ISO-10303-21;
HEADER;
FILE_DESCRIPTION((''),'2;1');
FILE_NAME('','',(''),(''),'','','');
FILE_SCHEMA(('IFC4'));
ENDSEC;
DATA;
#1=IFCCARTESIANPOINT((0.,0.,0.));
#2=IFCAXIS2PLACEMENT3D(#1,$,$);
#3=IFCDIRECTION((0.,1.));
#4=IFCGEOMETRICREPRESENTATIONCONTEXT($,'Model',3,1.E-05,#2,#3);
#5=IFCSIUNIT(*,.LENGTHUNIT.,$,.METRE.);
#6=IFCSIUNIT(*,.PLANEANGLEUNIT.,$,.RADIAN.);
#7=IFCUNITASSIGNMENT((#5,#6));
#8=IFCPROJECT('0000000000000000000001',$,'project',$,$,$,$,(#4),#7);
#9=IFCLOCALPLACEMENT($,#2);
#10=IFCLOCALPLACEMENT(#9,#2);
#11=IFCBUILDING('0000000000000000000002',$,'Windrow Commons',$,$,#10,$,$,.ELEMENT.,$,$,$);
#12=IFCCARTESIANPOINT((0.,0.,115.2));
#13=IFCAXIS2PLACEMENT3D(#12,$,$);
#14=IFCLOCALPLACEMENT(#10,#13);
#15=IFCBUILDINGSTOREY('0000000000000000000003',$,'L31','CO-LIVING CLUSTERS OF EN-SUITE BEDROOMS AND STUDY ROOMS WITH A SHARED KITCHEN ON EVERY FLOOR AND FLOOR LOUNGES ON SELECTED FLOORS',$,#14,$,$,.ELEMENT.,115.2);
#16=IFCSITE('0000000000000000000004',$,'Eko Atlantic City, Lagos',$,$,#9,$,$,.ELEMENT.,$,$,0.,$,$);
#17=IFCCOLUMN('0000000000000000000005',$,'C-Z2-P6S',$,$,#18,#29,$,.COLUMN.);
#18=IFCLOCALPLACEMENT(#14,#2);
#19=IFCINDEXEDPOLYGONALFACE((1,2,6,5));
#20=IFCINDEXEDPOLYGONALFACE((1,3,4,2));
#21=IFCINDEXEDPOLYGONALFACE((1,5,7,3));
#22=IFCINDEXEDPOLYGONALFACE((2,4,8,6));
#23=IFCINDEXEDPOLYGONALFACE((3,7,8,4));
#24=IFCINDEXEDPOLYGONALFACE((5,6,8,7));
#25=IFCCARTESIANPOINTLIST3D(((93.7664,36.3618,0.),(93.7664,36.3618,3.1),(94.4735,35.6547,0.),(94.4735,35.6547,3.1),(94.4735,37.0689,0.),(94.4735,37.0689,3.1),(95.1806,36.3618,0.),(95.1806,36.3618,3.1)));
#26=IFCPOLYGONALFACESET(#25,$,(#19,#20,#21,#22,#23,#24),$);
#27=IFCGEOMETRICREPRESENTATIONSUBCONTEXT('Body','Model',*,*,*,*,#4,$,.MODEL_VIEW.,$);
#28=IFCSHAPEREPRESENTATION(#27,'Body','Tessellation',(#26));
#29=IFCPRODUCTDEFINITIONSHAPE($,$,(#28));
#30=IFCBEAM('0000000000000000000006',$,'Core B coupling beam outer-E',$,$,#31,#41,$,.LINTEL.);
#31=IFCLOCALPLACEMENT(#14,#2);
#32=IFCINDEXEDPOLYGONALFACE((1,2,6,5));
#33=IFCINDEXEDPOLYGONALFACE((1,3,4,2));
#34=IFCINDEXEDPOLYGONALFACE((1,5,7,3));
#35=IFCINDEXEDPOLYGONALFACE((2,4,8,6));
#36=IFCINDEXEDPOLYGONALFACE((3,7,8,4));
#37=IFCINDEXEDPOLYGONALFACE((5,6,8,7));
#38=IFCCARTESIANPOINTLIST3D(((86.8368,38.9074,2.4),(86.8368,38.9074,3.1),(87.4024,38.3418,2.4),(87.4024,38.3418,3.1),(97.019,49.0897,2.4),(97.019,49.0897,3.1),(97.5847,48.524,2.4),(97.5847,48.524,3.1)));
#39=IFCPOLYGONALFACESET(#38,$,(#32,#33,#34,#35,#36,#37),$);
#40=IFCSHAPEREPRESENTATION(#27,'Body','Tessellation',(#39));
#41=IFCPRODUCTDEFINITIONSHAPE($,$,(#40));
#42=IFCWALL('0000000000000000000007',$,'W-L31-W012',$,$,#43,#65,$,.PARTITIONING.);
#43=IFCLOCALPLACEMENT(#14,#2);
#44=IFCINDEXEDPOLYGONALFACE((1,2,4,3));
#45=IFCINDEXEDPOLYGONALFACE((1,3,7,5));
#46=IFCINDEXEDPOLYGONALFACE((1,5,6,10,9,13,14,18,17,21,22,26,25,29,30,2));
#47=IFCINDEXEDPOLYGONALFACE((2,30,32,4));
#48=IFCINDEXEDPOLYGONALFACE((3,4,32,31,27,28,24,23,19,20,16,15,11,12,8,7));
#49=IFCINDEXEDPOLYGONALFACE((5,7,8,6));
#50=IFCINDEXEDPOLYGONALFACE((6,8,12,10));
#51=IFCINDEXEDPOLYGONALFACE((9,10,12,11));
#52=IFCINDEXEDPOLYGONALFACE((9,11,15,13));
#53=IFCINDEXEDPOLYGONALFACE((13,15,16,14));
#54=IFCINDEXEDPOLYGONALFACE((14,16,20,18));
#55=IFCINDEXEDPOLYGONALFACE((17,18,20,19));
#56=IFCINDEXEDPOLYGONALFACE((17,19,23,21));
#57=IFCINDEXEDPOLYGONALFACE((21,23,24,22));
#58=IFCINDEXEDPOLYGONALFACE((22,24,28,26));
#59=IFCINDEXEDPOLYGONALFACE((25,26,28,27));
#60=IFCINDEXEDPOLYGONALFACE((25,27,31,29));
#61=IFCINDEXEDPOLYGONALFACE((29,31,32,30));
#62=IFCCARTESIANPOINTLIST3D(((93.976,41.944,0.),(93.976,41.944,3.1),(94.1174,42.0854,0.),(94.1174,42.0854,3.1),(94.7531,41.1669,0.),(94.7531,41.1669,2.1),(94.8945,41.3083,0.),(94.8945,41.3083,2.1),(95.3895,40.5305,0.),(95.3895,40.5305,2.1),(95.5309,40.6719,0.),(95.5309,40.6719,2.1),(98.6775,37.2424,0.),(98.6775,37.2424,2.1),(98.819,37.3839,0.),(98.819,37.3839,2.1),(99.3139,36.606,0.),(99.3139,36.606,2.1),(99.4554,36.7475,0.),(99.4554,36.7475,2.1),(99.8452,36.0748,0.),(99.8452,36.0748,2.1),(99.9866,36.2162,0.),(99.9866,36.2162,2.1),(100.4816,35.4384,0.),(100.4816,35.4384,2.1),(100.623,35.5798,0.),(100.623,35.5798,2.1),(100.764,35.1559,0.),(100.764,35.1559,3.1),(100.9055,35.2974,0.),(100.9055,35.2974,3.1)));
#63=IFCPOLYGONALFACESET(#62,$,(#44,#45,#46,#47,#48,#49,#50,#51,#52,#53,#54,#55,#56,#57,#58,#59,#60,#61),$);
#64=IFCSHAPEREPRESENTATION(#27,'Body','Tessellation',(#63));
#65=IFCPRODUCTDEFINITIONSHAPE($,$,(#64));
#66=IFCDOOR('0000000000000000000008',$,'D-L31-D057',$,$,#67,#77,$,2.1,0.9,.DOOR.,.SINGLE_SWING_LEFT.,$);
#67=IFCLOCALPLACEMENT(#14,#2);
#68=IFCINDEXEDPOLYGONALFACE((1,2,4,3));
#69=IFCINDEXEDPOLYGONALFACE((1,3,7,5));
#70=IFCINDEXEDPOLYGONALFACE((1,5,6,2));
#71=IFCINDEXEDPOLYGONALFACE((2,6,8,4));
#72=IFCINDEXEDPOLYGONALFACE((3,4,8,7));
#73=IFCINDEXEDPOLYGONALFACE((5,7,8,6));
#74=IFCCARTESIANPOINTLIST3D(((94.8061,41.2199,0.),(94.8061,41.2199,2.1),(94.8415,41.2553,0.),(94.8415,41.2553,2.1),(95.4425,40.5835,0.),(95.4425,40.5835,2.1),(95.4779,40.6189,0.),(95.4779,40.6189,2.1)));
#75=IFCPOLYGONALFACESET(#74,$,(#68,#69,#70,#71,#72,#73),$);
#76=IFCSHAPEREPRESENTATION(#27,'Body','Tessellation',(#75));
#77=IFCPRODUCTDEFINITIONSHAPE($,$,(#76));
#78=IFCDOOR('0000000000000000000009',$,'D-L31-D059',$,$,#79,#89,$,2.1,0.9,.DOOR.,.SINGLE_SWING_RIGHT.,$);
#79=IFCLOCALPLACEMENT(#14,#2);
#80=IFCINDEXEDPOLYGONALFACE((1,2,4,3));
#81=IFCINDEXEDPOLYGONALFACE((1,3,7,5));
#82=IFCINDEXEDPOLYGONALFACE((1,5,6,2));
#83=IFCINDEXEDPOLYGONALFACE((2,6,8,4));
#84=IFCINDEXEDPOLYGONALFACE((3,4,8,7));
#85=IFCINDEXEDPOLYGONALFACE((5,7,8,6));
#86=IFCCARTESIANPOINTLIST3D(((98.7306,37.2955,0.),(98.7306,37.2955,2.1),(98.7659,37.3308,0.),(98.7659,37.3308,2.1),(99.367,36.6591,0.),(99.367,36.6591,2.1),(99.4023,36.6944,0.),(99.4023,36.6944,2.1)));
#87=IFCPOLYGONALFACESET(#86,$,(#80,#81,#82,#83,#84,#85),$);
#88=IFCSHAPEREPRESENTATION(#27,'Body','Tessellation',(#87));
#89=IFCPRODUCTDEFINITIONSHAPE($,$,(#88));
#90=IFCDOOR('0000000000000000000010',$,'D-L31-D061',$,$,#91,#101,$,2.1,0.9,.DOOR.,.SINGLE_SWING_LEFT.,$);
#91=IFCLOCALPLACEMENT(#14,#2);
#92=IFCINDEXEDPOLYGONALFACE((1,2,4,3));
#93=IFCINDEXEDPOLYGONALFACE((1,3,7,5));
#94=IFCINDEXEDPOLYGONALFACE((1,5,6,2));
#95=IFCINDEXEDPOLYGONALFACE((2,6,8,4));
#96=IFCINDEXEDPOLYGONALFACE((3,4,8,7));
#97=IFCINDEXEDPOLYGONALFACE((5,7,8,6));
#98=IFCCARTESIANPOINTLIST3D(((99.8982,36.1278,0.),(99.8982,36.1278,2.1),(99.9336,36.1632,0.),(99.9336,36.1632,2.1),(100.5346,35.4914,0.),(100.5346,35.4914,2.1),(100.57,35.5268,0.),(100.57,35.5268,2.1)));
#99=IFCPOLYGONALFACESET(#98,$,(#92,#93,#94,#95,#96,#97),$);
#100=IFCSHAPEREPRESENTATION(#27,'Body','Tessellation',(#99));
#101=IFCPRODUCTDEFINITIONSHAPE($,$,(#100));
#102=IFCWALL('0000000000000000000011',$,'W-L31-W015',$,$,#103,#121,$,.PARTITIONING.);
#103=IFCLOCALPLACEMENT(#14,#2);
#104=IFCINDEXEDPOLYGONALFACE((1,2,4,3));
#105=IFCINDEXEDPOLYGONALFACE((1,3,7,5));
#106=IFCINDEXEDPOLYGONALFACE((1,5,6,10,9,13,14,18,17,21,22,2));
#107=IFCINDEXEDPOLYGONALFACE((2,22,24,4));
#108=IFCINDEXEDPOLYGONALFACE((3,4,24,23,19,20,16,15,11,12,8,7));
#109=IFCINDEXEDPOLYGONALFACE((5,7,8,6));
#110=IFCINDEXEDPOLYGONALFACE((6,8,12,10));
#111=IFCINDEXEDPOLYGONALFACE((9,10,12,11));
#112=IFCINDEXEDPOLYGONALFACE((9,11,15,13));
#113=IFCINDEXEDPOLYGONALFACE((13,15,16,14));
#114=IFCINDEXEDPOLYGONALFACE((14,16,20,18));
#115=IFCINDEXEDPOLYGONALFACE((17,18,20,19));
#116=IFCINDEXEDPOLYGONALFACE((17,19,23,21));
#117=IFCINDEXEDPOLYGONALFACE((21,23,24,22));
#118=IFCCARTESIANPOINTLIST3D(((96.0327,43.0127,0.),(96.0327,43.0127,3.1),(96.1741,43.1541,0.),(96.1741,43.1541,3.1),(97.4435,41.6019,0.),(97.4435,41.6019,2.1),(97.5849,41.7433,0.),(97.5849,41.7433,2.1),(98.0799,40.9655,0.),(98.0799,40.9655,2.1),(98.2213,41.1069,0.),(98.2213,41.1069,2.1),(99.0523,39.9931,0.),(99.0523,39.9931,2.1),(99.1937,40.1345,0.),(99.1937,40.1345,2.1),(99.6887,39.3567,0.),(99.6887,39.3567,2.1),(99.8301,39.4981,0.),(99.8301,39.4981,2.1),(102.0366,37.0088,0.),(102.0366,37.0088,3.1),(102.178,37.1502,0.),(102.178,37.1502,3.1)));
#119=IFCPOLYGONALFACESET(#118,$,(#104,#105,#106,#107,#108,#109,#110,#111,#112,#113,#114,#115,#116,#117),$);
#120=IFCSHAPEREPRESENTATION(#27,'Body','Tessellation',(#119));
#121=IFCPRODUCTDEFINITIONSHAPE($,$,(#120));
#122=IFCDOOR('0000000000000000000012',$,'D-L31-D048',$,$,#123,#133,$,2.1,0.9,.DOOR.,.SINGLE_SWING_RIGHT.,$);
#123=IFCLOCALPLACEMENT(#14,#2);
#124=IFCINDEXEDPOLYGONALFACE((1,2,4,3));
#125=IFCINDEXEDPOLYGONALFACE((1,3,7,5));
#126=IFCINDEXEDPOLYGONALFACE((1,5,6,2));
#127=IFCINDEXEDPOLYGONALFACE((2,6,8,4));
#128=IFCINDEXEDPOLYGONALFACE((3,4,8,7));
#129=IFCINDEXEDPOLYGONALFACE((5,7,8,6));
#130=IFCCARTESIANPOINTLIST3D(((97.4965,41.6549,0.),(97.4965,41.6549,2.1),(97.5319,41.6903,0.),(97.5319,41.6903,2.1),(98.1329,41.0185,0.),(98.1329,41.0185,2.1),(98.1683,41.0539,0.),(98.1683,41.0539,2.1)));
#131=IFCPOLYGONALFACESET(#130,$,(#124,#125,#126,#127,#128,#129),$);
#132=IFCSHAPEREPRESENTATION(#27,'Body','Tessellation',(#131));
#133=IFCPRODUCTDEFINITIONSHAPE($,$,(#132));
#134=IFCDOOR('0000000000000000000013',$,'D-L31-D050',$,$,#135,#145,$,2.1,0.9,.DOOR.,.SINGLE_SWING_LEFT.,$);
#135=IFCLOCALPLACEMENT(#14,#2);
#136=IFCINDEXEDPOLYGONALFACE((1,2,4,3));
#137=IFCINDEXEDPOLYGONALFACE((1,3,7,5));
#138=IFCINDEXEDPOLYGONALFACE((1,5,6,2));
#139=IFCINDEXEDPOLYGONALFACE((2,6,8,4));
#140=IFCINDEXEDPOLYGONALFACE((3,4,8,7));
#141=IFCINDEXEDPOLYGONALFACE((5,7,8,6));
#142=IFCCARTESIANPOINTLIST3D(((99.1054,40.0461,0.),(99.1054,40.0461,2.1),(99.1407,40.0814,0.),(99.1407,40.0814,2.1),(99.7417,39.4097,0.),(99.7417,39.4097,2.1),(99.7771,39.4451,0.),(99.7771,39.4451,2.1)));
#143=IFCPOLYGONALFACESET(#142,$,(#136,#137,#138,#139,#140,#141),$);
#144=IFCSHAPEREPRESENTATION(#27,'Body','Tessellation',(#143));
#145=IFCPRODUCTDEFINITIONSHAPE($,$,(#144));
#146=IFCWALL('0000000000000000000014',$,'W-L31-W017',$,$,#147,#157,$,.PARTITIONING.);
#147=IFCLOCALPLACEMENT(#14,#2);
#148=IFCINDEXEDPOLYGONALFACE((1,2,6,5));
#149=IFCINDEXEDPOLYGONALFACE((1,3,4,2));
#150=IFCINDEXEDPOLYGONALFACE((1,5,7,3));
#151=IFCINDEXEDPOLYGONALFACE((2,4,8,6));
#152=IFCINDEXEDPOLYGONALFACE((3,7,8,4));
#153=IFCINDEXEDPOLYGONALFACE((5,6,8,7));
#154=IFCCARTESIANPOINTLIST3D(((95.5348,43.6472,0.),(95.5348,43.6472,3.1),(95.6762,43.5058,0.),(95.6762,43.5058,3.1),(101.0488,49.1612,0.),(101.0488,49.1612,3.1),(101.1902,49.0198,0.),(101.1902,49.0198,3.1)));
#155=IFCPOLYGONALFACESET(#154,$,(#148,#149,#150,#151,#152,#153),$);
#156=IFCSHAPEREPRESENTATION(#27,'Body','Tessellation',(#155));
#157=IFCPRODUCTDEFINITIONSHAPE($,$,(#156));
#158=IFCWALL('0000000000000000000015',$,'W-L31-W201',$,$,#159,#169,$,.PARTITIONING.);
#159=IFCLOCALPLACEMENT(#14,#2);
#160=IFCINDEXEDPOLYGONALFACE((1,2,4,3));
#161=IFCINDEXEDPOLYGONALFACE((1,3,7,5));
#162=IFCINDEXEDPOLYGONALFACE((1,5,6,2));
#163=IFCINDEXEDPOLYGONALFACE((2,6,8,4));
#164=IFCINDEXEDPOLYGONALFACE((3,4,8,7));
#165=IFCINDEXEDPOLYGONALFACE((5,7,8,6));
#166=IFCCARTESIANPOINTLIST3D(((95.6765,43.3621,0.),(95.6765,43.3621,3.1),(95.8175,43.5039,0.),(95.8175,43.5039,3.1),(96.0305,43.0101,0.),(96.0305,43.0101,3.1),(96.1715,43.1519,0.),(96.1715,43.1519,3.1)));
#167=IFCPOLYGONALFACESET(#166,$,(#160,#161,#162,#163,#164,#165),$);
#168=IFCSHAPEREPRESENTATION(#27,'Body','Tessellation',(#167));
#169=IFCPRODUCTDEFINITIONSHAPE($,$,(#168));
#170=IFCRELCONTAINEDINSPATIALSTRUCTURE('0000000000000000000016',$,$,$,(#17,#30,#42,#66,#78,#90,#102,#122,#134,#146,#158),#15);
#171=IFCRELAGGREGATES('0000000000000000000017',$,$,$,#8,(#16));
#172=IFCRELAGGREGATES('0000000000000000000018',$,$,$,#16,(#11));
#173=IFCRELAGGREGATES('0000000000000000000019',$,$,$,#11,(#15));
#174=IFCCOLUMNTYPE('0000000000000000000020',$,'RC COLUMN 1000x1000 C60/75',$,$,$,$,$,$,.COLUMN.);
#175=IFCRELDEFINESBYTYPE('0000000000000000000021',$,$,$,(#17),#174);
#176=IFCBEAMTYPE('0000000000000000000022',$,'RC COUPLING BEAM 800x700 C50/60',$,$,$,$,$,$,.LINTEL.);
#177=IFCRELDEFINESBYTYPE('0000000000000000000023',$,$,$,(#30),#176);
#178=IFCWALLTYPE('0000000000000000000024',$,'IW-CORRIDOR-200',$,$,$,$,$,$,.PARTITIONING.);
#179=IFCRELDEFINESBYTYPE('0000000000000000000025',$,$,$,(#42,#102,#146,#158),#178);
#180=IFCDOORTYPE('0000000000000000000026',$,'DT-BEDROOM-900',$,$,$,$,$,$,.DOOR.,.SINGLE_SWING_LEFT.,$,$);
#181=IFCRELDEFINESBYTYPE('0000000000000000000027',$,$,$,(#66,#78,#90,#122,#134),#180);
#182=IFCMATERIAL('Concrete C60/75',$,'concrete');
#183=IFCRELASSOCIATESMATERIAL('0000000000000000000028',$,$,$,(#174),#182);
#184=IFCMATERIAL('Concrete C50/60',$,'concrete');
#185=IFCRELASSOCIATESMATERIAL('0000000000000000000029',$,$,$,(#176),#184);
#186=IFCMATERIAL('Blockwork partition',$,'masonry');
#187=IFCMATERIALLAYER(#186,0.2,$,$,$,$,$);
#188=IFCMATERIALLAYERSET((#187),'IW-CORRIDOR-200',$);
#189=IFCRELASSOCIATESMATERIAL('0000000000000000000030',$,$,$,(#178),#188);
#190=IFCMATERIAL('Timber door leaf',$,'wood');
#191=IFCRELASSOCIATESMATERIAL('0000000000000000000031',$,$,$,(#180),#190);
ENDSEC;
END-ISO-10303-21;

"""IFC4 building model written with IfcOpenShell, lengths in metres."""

from ifc_helpers import new_model, si_unit, direction, frame, frame_2d, origin, origin_2d, place, context, subcontext, project, spatial, rectangle, extrude, material, layer, layer_set, material_profile, profile_set, type_object, element, fill, save


model = new_model("IFC4")

# Units and contexts
model_context = context("Model", 3, precision=1e-05, world=origin(), true_north=direction((0.0, 1.0)))
body_context = subcontext(model_context, "Body", "Model", "MODEL_VIEW")
ifc_project = project(units=[si_unit("LENGTHUNIT", "METRE"), si_unit("PLANEANGLEUNIT", "RADIAN")], contexts=[model_context])

# Site, building, storey
site_placement = place(None, origin())
site = spatial("IfcSite", under=ifc_project, at=site_placement, Name="Eko Atlantic City, Lagos", CompositionType="ELEMENT", RefElevation=0.0)
building_placement = place(site_placement, origin())
building = spatial("IfcBuilding", under=site, at=building_placement, Name="Windrow Commons", CompositionType="ELEMENT")
storey_placement = place(building_placement, frame((0.0, 0.0, 115.2)))
storey = spatial("IfcBuildingStorey", under=building, at=storey_placement, Name="L31", Description="CO-LIVING CLUSTERS OF EN-SUITE BEDROOMS AND STUDY ROOMS WITH A SHARED KITCHEN ON EVERY FLOOR AND FLOOR LOUNGES ON SELECTED FLOORS", CompositionType="ELEMENT", Elevation=115.2)

# Column
ifc_material_1 = material(Name="Concrete C60/75", Category="concrete")
ifc_material_profile_1 = material_profile(ifc_material_1, rectangle(XDim=1.0, YDim=1.0, at=origin_2d()))
ifc_profile_set_1 = profile_set([ifc_material_profile_1], Name="Concrete C60/75")
column_type = type_object("IfcColumnType", Name="RC COLUMN 1000x1000 C60/75", PredefinedType="COLUMN", material=ifc_profile_set_1)
column_placement = place(storey_placement, frame((94.4735, 36.3618, 0.0), z_axis=(0.0, 0.0, 1.0), x_axis=(0.707107, -0.707107, 0.0)))
element("IfcColumn", 1, at=column_placement, inside=storey, type_object=column_type, Name="C-Z2-P6S", PredefinedType="COLUMN", context=body_context, shape_type="SweptSolid", body=[
    extrude(rectangle(XDim=1.0, YDim=1.0, at=origin_2d()), origin(), (0.0, 0.0, 1.0), 3.1),
])

# Beam
ifc_material_2 = material(Name="Concrete C50/60", Category="concrete")
ifc_material_profile_2 = material_profile(ifc_material_2, rectangle(XDim=0.8, YDim=0.7, at=origin_2d()))
ifc_profile_set_2 = profile_set([ifc_material_profile_2], Name="Concrete C50/60")
beam_type = type_object("IfcBeamType", Name="RC COUPLING BEAM 800x700 C50/60", PredefinedType="LINTEL", material=ifc_profile_set_2)
beam_placement = place(storey_placement, frame((87.1196, 38.6246, 2.75), z_axis=(0.707107, 0.707107, 0.0), x_axis=(-0.707107, 0.707107, 0.0)))
element("IfcBeam", 2, at=beam_placement, inside=storey, type_object=beam_type, Name="Core B coupling beam outer-E", PredefinedType="LINTEL", context=body_context, shape_type="SweptSolid", body=[
    extrude(rectangle(XDim=0.8, YDim=0.7, at=origin_2d()), origin(), (0.0, 0.0, 1.0), 14.3999),
])

# Walls, openings, doors
ifc_material_3 = material(Name="Blockwork partition", Category="masonry")
ifc_layer_1 = layer(ifc_material_3, 0.2)
ifc_layer_set_1 = layer_set([ifc_layer_1], Name="IW-CORRIDOR-200")
wall_type_1 = type_object("IfcWallType", Name="IW-CORRIDOR-200", PredefinedType="PARTITIONING", material=ifc_layer_set_1)
wall_1_placement = place(storey_placement, frame((94.0467, 42.0147, 0.0), z_axis=(0.0, 0.0, 1.0), x_axis=(0.707107, -0.707107, 0.0)))
wall_1 = element("IfcWall", 3, at=wall_1_placement, inside=storey, type_object=wall_type_1, Name="W-L31-W012", PredefinedType="PARTITIONING", context=body_context, shape_type="SweptSolid", body=[
    extrude(rectangle(XDim=9.5997, YDim=0.2, at=frame_2d((4.7999, 0.0))), origin(), (0.0, 0.0, 1.0), 3.1),
])
opening_1_placement = place(wall_1_placement, frame((1.099, 0.0, 0.0)))
opening_1 = element("IfcOpeningElement", 4, at=opening_1_placement, cuts=wall_1, PredefinedType="OPENING", context=body_context, shape_type="SweptSolid", body=[
    extrude(rectangle(XDim=0.9, YDim=2.1, at=frame_2d((0.45, 1.05))), frame((0.0, 0.11, 0.0), z_axis=(0.0, -1.0, 0.0), x_axis=(1.0, 0.0, 0.0)), (0.0, 0.0, 1.0), 0.22),
])
opening_2_placement = place(wall_1_placement, frame((6.649, 0.0, 0.0)))
opening_2 = element("IfcOpeningElement", 5, at=opening_2_placement, cuts=wall_1, PredefinedType="OPENING", context=body_context, shape_type="SweptSolid", body=[
    extrude(rectangle(XDim=0.9, YDim=2.1, at=frame_2d((0.45, 1.05))), frame((0.0, 0.11, 0.0), z_axis=(0.0, -1.0, 0.0), x_axis=(1.0, 0.0, 0.0)), (0.0, 0.0, 1.0), 0.22),
])
opening_3_placement = place(wall_1_placement, frame((8.3003, 0.0, 0.0)))
opening_3 = element("IfcOpeningElement", 6, at=opening_3_placement, cuts=wall_1, PredefinedType="OPENING", context=body_context, shape_type="SweptSolid", body=[
    extrude(rectangle(XDim=0.9, YDim=2.1, at=frame_2d((0.45, 1.05))), frame((0.0, 0.11, 0.0), z_axis=(0.0, -1.0, 0.0), x_axis=(1.0, 0.0, 0.0)), (0.0, 0.0, 1.0), 0.22),
])
ifc_material_4 = material(Name="Timber door leaf", Category="wood")
door_type_1 = type_object("IfcDoorType", Name="DT-BEDROOM-900", OperationType="SINGLE_SWING_LEFT", PredefinedType="DOOR", material=ifc_material_4)
door_1_placement = place(opening_1_placement, origin())
door_1 = element("IfcDoor", 7, at=door_1_placement, inside=storey, type_object=door_type_1, Name="D-L31-D057", OperationType="SINGLE_SWING_LEFT", OverallHeight=2.1, OverallWidth=0.9, PredefinedType="DOOR", context=body_context, shape_type="SweptSolid", body=[
    extrude(rectangle(XDim=0.9, YDim=2.1, at=frame_2d((0.45, 1.05))), frame((0.0, 0.025, 0.0), z_axis=(0.0, -1.0, 0.0), x_axis=(1.0, 0.0, 0.0)), (0.0, 0.0, 1.0), 0.05),
])
fill(opening_1, door_1)
door_2_placement = place(opening_2_placement, origin())
door_2 = element("IfcDoor", 8, at=door_2_placement, inside=storey, type_object=door_type_1, Name="D-L31-D059", OperationType="SINGLE_SWING_RIGHT", OverallHeight=2.1, OverallWidth=0.9, PredefinedType="DOOR", context=body_context, shape_type="SweptSolid", body=[
    extrude(rectangle(XDim=0.9, YDim=2.1, at=frame_2d((0.45, 1.05))), frame((0.0, 0.025, 0.0), z_axis=(0.0, -1.0, 0.0), x_axis=(1.0, 0.0, 0.0)), (0.0, 0.0, 1.0), 0.05),
])
fill(opening_2, door_2)
door_3_placement = place(opening_3_placement, origin())
door_3 = element("IfcDoor", 9, at=door_3_placement, inside=storey, type_object=door_type_1, Name="D-L31-D061", OperationType="SINGLE_SWING_LEFT", OverallHeight=2.1, OverallWidth=0.9, PredefinedType="DOOR", context=body_context, shape_type="SweptSolid", body=[
    extrude(rectangle(XDim=0.9, YDim=2.1, at=frame_2d((0.45, 1.05))), frame((0.0, 0.025, 0.0), z_axis=(0.0, -1.0, 0.0), x_axis=(1.0, 0.0, 0.0)), (0.0, 0.0, 1.0), 0.05),
])
fill(opening_3, door_3)
wall_2_placement = place(storey_placement, frame((96.1034, 43.0834, 0.0), z_axis=(0.0, 0.0, 1.0), x_axis=(0.707107, -0.707107, 0.0)))
wall_2 = element("IfcWall", 10, at=wall_2_placement, inside=storey, type_object=wall_type_1, Name="W-L31-W015", PredefinedType="PARTITIONING", context=body_context, shape_type="SweptSolid", body=[
    extrude(rectangle(XDim=8.4909, YDim=0.2, at=frame_2d((4.2454, 0.0))), origin(), (0.0, 0.0, 1.0), 3.1),
])
opening_4_placement = place(wall_2_placement, frame((1.9952, 0.0, 0.0)))
opening_4 = element("IfcOpeningElement", 11, at=opening_4_placement, cuts=wall_2, PredefinedType="OPENING", context=body_context, shape_type="SweptSolid", body=[
    extrude(rectangle(XDim=0.9, YDim=2.1, at=frame_2d((0.45, 1.05))), frame((0.0, 0.11, 0.0), z_axis=(0.0, -1.0, 0.0), x_axis=(1.0, 0.0, 0.0)), (0.0, 0.0, 1.0), 0.22),
])
opening_5_placement = place(wall_2_placement, frame((4.2704, 0.0, 0.0)))
opening_5 = element("IfcOpeningElement", 12, at=opening_5_placement, cuts=wall_2, PredefinedType="OPENING", context=body_context, shape_type="SweptSolid", body=[
    extrude(rectangle(XDim=0.9, YDim=2.1, at=frame_2d((0.45, 1.05))), frame((0.0, 0.11, 0.0), z_axis=(0.0, -1.0, 0.0), x_axis=(1.0, 0.0, 0.0)), (0.0, 0.0, 1.0), 0.22),
])
door_4_placement = place(opening_4_placement, origin())
door_4 = element("IfcDoor", 13, at=door_4_placement, inside=storey, type_object=door_type_1, Name="D-L31-D048", OperationType="SINGLE_SWING_RIGHT", OverallHeight=2.1, OverallWidth=0.9, PredefinedType="DOOR", context=body_context, shape_type="SweptSolid", body=[
    extrude(rectangle(XDim=0.9, YDim=2.1, at=frame_2d((0.45, 1.05))), frame((0.0, 0.025, 0.0), z_axis=(0.0, -1.0, 0.0), x_axis=(1.0, 0.0, 0.0)), (0.0, 0.0, 1.0), 0.05),
])
fill(opening_4, door_4)
door_5_placement = place(opening_5_placement, origin())
door_5 = element("IfcDoor", 14, at=door_5_placement, inside=storey, type_object=door_type_1, Name="D-L31-D050", OperationType="SINGLE_SWING_LEFT", OverallHeight=2.1, OverallWidth=0.9, PredefinedType="DOOR", context=body_context, shape_type="SweptSolid", body=[
    extrude(rectangle(XDim=0.9, YDim=2.1, at=frame_2d((0.45, 1.05))), frame((0.0, 0.025, 0.0), z_axis=(0.0, -1.0, 0.0), x_axis=(1.0, 0.0, 0.0)), (0.0, 0.0, 1.0), 0.05),
])
fill(opening_5, door_5)

# Walls
wall_3_placement = place(storey_placement, frame((95.6055, 43.5765, 0.0), z_axis=(0.0, 0.0, 1.0), x_axis=(0.707107, 0.707107, 0.0)))
element("IfcWall", 15, at=wall_3_placement, inside=storey, type_object=wall_type_1, Name="W-L31-W017", PredefinedType="PARTITIONING", context=body_context, shape_type="SweptSolid", body=[
    extrude(rectangle(XDim=7.798, YDim=0.2, at=frame_2d((3.899, 0.0))), origin(), (0.0, 0.0, 1.0), 3.1),
])
wall_4_placement = place(storey_placement, frame((95.747, 43.433, 0.0), z_axis=(0.0, 0.0, 1.0), x_axis=(0.709107, -0.705101, 0.0)))
element("IfcWall", 16, at=wall_4_placement, inside=storey, type_object=wall_type_1, Name="W-L31-W201", PredefinedType="PARTITIONING", context=body_context, shape_type="SweptSolid", body=[
    extrude(rectangle(XDim=0.4992, YDim=0.2, at=frame_2d((0.2496, 0.0))), origin(), (0.0, 0.0, 1.0), 3.1),
])

save(model, "model.ifc")
